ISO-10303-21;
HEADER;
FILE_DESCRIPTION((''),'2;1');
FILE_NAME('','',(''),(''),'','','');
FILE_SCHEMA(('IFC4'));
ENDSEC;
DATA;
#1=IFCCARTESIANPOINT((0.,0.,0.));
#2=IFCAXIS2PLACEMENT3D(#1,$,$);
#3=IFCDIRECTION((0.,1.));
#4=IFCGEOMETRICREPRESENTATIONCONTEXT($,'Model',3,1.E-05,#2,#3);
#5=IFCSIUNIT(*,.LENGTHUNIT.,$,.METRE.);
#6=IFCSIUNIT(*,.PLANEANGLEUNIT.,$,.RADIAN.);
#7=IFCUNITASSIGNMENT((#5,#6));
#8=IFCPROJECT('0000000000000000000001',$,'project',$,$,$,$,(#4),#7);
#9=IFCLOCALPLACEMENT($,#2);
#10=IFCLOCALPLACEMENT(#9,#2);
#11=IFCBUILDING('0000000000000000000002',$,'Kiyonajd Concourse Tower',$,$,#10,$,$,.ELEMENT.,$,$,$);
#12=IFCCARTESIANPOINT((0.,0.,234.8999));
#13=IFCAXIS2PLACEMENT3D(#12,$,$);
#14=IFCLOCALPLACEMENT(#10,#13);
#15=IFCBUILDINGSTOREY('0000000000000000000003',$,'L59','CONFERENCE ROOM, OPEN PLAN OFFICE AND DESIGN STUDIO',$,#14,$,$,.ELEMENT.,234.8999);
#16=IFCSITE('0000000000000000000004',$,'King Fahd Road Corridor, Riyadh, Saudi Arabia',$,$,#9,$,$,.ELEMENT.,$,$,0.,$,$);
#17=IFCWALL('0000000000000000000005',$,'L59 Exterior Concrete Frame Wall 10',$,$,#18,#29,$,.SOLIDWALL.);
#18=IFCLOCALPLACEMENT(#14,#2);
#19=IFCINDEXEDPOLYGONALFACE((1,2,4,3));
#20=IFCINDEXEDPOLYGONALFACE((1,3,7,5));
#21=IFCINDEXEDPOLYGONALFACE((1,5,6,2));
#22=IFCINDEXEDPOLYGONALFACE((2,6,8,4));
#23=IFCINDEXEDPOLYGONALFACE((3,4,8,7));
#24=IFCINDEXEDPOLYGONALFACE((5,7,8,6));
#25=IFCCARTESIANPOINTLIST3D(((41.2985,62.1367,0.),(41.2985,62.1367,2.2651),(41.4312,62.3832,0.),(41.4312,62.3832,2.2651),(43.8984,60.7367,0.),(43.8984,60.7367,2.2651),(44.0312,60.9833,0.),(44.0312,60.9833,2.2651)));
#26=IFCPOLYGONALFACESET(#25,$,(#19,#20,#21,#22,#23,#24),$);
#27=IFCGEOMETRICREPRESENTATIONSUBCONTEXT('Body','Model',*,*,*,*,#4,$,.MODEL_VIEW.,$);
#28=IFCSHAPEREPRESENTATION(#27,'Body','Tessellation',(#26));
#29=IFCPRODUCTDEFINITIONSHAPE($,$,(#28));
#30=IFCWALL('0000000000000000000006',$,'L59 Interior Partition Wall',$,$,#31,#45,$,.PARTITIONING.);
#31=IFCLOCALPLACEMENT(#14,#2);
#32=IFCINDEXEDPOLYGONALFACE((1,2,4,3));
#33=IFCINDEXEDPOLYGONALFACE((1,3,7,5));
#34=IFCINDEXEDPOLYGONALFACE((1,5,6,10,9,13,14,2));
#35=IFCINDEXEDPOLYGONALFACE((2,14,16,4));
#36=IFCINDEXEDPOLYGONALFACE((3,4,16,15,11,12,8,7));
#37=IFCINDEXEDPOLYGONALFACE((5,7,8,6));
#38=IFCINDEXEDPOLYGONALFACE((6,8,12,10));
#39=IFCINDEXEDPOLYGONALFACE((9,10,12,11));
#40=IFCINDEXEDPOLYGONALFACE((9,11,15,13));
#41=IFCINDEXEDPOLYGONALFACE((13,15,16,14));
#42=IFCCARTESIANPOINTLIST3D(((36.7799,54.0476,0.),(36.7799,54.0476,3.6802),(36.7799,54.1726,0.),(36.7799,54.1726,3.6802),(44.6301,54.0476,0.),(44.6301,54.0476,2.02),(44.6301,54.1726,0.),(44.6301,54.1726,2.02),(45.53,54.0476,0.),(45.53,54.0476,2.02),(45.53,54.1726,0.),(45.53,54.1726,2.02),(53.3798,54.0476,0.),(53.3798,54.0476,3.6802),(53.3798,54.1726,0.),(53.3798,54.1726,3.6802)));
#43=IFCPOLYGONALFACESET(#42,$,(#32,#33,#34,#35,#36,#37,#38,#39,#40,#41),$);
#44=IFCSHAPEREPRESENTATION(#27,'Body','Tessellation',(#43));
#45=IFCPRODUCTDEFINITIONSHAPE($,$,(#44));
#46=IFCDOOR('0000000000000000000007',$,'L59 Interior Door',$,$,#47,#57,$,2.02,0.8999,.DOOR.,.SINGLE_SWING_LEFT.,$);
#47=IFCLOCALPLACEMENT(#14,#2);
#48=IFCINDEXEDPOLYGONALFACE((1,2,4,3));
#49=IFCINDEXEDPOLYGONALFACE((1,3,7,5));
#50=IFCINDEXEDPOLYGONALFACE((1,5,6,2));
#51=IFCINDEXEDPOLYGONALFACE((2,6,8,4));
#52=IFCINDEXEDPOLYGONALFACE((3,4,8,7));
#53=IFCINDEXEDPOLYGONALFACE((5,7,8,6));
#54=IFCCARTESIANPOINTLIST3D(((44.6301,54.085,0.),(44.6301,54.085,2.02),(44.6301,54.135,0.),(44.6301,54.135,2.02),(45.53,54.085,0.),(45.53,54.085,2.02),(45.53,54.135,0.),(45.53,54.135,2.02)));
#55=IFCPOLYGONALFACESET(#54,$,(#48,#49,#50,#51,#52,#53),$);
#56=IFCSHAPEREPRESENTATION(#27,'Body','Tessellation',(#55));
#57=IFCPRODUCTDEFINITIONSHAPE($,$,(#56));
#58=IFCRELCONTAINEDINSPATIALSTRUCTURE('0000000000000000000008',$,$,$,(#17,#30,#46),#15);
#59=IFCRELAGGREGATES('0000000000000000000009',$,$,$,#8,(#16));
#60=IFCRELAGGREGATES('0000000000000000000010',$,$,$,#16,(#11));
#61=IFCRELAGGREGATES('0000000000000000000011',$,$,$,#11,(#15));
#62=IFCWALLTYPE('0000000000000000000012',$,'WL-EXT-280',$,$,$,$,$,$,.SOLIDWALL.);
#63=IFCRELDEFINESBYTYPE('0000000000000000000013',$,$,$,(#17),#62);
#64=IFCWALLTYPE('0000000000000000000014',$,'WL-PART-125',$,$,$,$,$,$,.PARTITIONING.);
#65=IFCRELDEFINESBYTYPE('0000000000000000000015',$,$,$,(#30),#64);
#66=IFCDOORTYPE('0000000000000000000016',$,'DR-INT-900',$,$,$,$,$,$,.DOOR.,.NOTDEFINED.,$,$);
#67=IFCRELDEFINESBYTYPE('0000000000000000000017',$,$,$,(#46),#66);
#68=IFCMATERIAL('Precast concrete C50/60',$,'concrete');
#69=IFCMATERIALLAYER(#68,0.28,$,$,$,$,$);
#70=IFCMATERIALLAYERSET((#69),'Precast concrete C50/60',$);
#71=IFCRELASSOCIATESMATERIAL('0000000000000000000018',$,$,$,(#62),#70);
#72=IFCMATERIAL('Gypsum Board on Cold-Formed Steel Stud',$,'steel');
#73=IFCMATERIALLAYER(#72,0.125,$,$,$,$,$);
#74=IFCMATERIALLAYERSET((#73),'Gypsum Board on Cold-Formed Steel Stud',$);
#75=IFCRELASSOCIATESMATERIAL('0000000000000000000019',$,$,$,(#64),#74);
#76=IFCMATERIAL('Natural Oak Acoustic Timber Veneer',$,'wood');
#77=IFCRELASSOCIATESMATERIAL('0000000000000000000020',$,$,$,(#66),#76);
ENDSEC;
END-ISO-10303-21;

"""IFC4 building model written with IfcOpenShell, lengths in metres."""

from ifc_helpers import new_model, si_unit, direction, frame, frame_2d, origin, place, context, subcontext, project, spatial, rectangle, extrude, material, layer, layer_set, type_object, element, fill, save


model = new_model("IFC4")

# Units and contexts
model_context = context("Model", 3, precision=1e-05, world=origin(), true_north=direction((0.0, 1.0)))
body_context = subcontext(model_context, "Body", "Model", "MODEL_VIEW")
ifc_project = project(units=[si_unit("LENGTHUNIT", "METRE"), si_unit("PLANEANGLEUNIT", "RADIAN")], contexts=[model_context])

# Site, building, storey
site_placement = place(None, origin())
site = spatial("IfcSite", under=ifc_project, at=site_placement, Name="King Fahd Road Corridor, Riyadh, Saudi Arabia", CompositionType="ELEMENT", RefElevation=0.0)
building_placement = place(site_placement, origin())
building = spatial("IfcBuilding", under=site, at=building_placement, Name="Kiyonajd Concourse Tower", CompositionType="ELEMENT")
storey_placement = place(building_placement, frame((0.0, 0.0, 234.8999)))
storey = spatial("IfcBuildingStorey", under=building, at=storey_placement, Name="L59", Description="CONFERENCE ROOM, OPEN PLAN OFFICE AND DESIGN STUDIO", CompositionType="ELEMENT", Elevation=234.8999)

# Wall
ifc_material_1 = material(Name="Precast concrete C50/60", Category="concrete")
ifc_layer_1 = layer(ifc_material_1, 0.28)
ifc_layer_set_1 = layer_set([ifc_layer_1], Name="Precast concrete C50/60")
wall_type_1 = type_object("IfcWallType", Name="WL-EXT-280", PredefinedType="SOLIDWALL", material=ifc_layer_set_1)
wall_1_placement = place(storey_placement, frame((41.3647, 62.26, 0.0), z_axis=(0.0, 0.0, 1.0), x_axis=(0.880474, -0.474095, 0.0)))
element("IfcWall", 1, at=wall_1_placement, inside=storey, type_object=wall_type_1, Name="L59 Exterior Concrete Frame Wall 10", PredefinedType="SOLIDWALL", context=body_context, shape_type="SweptSolid", body=[
    extrude(rectangle(XDim=2.9529, YDim=0.28, at=frame_2d((1.4766, 0.0))), origin(), (0.0, 0.0, 1.0), 2.2651),
])

# Wall, opening, door
ifc_material_2 = material(Name="Gypsum Board on Cold-Formed Steel Stud", Category="steel")
ifc_layer_2 = layer(ifc_material_2, 0.125)
ifc_layer_set_2 = layer_set([ifc_layer_2], Name="Gypsum Board on Cold-Formed Steel Stud")
wall_type_2 = type_object("IfcWallType", Name="WL-PART-125", PredefinedType="PARTITIONING", material=ifc_layer_set_2)
wall_2_placement = place(storey_placement, frame((36.78, 54.1101, 0.0), z_axis=(0.0, 0.0, 1.0), x_axis=(1.0, 0.0, 0.0)))
wall_2 = element("IfcWall", 2, at=wall_2_placement, inside=storey, type_object=wall_type_2, Name="L59 Interior Partition Wall", PredefinedType="PARTITIONING", context=body_context, shape_type="SweptSolid", body=[
    extrude(rectangle(XDim=16.5999, YDim=0.125, at=frame_2d((8.2998, 0.0))), origin(), (0.0, 0.0, 1.0), 3.6802),
])
opening_placement = place(wall_2_placement, frame((7.8501, 0.0, 0.0)))
opening = element("IfcOpeningElement", 3, at=opening_placement, cuts=wall_2, PredefinedType="OPENING", context=body_context, shape_type="SweptSolid", body=[
    extrude(rectangle(XDim=0.8999, YDim=2.02, at=frame_2d((0.45, 1.01))), frame((0.0, 0.0725, 0.0), z_axis=(0.0, -1.0, 0.0), x_axis=(1.0, 0.0, 0.0)), (0.0, 0.0, 1.0), 0.145),
])
ifc_material_3 = material(Name="Natural Oak Acoustic Timber Veneer", Category="wood")
door_type = type_object("IfcDoorType", Name="DR-INT-900", OperationType="NOTDEFINED", PredefinedType="DOOR", material=ifc_material_3)
door_placement = place(opening_placement, origin())
door = element("IfcDoor", 4, at=door_placement, inside=storey, type_object=door_type, Name="L59 Interior Door", OperationType="SINGLE_SWING_LEFT", OverallHeight=2.02, OverallWidth=0.8999, PredefinedType="DOOR", context=body_context, shape_type="SweptSolid", body=[
    extrude(rectangle(XDim=0.8999, YDim=2.02, at=frame_2d((0.45, 1.01))), frame((0.0, 0.0249, 0.0), z_axis=(0.0, -1.0, 0.0), x_axis=(1.0, 0.0, 0.0)), (0.0, 0.0, 1.0), 0.05),
])
fill(opening, door)

save(model, "model.ifc")
